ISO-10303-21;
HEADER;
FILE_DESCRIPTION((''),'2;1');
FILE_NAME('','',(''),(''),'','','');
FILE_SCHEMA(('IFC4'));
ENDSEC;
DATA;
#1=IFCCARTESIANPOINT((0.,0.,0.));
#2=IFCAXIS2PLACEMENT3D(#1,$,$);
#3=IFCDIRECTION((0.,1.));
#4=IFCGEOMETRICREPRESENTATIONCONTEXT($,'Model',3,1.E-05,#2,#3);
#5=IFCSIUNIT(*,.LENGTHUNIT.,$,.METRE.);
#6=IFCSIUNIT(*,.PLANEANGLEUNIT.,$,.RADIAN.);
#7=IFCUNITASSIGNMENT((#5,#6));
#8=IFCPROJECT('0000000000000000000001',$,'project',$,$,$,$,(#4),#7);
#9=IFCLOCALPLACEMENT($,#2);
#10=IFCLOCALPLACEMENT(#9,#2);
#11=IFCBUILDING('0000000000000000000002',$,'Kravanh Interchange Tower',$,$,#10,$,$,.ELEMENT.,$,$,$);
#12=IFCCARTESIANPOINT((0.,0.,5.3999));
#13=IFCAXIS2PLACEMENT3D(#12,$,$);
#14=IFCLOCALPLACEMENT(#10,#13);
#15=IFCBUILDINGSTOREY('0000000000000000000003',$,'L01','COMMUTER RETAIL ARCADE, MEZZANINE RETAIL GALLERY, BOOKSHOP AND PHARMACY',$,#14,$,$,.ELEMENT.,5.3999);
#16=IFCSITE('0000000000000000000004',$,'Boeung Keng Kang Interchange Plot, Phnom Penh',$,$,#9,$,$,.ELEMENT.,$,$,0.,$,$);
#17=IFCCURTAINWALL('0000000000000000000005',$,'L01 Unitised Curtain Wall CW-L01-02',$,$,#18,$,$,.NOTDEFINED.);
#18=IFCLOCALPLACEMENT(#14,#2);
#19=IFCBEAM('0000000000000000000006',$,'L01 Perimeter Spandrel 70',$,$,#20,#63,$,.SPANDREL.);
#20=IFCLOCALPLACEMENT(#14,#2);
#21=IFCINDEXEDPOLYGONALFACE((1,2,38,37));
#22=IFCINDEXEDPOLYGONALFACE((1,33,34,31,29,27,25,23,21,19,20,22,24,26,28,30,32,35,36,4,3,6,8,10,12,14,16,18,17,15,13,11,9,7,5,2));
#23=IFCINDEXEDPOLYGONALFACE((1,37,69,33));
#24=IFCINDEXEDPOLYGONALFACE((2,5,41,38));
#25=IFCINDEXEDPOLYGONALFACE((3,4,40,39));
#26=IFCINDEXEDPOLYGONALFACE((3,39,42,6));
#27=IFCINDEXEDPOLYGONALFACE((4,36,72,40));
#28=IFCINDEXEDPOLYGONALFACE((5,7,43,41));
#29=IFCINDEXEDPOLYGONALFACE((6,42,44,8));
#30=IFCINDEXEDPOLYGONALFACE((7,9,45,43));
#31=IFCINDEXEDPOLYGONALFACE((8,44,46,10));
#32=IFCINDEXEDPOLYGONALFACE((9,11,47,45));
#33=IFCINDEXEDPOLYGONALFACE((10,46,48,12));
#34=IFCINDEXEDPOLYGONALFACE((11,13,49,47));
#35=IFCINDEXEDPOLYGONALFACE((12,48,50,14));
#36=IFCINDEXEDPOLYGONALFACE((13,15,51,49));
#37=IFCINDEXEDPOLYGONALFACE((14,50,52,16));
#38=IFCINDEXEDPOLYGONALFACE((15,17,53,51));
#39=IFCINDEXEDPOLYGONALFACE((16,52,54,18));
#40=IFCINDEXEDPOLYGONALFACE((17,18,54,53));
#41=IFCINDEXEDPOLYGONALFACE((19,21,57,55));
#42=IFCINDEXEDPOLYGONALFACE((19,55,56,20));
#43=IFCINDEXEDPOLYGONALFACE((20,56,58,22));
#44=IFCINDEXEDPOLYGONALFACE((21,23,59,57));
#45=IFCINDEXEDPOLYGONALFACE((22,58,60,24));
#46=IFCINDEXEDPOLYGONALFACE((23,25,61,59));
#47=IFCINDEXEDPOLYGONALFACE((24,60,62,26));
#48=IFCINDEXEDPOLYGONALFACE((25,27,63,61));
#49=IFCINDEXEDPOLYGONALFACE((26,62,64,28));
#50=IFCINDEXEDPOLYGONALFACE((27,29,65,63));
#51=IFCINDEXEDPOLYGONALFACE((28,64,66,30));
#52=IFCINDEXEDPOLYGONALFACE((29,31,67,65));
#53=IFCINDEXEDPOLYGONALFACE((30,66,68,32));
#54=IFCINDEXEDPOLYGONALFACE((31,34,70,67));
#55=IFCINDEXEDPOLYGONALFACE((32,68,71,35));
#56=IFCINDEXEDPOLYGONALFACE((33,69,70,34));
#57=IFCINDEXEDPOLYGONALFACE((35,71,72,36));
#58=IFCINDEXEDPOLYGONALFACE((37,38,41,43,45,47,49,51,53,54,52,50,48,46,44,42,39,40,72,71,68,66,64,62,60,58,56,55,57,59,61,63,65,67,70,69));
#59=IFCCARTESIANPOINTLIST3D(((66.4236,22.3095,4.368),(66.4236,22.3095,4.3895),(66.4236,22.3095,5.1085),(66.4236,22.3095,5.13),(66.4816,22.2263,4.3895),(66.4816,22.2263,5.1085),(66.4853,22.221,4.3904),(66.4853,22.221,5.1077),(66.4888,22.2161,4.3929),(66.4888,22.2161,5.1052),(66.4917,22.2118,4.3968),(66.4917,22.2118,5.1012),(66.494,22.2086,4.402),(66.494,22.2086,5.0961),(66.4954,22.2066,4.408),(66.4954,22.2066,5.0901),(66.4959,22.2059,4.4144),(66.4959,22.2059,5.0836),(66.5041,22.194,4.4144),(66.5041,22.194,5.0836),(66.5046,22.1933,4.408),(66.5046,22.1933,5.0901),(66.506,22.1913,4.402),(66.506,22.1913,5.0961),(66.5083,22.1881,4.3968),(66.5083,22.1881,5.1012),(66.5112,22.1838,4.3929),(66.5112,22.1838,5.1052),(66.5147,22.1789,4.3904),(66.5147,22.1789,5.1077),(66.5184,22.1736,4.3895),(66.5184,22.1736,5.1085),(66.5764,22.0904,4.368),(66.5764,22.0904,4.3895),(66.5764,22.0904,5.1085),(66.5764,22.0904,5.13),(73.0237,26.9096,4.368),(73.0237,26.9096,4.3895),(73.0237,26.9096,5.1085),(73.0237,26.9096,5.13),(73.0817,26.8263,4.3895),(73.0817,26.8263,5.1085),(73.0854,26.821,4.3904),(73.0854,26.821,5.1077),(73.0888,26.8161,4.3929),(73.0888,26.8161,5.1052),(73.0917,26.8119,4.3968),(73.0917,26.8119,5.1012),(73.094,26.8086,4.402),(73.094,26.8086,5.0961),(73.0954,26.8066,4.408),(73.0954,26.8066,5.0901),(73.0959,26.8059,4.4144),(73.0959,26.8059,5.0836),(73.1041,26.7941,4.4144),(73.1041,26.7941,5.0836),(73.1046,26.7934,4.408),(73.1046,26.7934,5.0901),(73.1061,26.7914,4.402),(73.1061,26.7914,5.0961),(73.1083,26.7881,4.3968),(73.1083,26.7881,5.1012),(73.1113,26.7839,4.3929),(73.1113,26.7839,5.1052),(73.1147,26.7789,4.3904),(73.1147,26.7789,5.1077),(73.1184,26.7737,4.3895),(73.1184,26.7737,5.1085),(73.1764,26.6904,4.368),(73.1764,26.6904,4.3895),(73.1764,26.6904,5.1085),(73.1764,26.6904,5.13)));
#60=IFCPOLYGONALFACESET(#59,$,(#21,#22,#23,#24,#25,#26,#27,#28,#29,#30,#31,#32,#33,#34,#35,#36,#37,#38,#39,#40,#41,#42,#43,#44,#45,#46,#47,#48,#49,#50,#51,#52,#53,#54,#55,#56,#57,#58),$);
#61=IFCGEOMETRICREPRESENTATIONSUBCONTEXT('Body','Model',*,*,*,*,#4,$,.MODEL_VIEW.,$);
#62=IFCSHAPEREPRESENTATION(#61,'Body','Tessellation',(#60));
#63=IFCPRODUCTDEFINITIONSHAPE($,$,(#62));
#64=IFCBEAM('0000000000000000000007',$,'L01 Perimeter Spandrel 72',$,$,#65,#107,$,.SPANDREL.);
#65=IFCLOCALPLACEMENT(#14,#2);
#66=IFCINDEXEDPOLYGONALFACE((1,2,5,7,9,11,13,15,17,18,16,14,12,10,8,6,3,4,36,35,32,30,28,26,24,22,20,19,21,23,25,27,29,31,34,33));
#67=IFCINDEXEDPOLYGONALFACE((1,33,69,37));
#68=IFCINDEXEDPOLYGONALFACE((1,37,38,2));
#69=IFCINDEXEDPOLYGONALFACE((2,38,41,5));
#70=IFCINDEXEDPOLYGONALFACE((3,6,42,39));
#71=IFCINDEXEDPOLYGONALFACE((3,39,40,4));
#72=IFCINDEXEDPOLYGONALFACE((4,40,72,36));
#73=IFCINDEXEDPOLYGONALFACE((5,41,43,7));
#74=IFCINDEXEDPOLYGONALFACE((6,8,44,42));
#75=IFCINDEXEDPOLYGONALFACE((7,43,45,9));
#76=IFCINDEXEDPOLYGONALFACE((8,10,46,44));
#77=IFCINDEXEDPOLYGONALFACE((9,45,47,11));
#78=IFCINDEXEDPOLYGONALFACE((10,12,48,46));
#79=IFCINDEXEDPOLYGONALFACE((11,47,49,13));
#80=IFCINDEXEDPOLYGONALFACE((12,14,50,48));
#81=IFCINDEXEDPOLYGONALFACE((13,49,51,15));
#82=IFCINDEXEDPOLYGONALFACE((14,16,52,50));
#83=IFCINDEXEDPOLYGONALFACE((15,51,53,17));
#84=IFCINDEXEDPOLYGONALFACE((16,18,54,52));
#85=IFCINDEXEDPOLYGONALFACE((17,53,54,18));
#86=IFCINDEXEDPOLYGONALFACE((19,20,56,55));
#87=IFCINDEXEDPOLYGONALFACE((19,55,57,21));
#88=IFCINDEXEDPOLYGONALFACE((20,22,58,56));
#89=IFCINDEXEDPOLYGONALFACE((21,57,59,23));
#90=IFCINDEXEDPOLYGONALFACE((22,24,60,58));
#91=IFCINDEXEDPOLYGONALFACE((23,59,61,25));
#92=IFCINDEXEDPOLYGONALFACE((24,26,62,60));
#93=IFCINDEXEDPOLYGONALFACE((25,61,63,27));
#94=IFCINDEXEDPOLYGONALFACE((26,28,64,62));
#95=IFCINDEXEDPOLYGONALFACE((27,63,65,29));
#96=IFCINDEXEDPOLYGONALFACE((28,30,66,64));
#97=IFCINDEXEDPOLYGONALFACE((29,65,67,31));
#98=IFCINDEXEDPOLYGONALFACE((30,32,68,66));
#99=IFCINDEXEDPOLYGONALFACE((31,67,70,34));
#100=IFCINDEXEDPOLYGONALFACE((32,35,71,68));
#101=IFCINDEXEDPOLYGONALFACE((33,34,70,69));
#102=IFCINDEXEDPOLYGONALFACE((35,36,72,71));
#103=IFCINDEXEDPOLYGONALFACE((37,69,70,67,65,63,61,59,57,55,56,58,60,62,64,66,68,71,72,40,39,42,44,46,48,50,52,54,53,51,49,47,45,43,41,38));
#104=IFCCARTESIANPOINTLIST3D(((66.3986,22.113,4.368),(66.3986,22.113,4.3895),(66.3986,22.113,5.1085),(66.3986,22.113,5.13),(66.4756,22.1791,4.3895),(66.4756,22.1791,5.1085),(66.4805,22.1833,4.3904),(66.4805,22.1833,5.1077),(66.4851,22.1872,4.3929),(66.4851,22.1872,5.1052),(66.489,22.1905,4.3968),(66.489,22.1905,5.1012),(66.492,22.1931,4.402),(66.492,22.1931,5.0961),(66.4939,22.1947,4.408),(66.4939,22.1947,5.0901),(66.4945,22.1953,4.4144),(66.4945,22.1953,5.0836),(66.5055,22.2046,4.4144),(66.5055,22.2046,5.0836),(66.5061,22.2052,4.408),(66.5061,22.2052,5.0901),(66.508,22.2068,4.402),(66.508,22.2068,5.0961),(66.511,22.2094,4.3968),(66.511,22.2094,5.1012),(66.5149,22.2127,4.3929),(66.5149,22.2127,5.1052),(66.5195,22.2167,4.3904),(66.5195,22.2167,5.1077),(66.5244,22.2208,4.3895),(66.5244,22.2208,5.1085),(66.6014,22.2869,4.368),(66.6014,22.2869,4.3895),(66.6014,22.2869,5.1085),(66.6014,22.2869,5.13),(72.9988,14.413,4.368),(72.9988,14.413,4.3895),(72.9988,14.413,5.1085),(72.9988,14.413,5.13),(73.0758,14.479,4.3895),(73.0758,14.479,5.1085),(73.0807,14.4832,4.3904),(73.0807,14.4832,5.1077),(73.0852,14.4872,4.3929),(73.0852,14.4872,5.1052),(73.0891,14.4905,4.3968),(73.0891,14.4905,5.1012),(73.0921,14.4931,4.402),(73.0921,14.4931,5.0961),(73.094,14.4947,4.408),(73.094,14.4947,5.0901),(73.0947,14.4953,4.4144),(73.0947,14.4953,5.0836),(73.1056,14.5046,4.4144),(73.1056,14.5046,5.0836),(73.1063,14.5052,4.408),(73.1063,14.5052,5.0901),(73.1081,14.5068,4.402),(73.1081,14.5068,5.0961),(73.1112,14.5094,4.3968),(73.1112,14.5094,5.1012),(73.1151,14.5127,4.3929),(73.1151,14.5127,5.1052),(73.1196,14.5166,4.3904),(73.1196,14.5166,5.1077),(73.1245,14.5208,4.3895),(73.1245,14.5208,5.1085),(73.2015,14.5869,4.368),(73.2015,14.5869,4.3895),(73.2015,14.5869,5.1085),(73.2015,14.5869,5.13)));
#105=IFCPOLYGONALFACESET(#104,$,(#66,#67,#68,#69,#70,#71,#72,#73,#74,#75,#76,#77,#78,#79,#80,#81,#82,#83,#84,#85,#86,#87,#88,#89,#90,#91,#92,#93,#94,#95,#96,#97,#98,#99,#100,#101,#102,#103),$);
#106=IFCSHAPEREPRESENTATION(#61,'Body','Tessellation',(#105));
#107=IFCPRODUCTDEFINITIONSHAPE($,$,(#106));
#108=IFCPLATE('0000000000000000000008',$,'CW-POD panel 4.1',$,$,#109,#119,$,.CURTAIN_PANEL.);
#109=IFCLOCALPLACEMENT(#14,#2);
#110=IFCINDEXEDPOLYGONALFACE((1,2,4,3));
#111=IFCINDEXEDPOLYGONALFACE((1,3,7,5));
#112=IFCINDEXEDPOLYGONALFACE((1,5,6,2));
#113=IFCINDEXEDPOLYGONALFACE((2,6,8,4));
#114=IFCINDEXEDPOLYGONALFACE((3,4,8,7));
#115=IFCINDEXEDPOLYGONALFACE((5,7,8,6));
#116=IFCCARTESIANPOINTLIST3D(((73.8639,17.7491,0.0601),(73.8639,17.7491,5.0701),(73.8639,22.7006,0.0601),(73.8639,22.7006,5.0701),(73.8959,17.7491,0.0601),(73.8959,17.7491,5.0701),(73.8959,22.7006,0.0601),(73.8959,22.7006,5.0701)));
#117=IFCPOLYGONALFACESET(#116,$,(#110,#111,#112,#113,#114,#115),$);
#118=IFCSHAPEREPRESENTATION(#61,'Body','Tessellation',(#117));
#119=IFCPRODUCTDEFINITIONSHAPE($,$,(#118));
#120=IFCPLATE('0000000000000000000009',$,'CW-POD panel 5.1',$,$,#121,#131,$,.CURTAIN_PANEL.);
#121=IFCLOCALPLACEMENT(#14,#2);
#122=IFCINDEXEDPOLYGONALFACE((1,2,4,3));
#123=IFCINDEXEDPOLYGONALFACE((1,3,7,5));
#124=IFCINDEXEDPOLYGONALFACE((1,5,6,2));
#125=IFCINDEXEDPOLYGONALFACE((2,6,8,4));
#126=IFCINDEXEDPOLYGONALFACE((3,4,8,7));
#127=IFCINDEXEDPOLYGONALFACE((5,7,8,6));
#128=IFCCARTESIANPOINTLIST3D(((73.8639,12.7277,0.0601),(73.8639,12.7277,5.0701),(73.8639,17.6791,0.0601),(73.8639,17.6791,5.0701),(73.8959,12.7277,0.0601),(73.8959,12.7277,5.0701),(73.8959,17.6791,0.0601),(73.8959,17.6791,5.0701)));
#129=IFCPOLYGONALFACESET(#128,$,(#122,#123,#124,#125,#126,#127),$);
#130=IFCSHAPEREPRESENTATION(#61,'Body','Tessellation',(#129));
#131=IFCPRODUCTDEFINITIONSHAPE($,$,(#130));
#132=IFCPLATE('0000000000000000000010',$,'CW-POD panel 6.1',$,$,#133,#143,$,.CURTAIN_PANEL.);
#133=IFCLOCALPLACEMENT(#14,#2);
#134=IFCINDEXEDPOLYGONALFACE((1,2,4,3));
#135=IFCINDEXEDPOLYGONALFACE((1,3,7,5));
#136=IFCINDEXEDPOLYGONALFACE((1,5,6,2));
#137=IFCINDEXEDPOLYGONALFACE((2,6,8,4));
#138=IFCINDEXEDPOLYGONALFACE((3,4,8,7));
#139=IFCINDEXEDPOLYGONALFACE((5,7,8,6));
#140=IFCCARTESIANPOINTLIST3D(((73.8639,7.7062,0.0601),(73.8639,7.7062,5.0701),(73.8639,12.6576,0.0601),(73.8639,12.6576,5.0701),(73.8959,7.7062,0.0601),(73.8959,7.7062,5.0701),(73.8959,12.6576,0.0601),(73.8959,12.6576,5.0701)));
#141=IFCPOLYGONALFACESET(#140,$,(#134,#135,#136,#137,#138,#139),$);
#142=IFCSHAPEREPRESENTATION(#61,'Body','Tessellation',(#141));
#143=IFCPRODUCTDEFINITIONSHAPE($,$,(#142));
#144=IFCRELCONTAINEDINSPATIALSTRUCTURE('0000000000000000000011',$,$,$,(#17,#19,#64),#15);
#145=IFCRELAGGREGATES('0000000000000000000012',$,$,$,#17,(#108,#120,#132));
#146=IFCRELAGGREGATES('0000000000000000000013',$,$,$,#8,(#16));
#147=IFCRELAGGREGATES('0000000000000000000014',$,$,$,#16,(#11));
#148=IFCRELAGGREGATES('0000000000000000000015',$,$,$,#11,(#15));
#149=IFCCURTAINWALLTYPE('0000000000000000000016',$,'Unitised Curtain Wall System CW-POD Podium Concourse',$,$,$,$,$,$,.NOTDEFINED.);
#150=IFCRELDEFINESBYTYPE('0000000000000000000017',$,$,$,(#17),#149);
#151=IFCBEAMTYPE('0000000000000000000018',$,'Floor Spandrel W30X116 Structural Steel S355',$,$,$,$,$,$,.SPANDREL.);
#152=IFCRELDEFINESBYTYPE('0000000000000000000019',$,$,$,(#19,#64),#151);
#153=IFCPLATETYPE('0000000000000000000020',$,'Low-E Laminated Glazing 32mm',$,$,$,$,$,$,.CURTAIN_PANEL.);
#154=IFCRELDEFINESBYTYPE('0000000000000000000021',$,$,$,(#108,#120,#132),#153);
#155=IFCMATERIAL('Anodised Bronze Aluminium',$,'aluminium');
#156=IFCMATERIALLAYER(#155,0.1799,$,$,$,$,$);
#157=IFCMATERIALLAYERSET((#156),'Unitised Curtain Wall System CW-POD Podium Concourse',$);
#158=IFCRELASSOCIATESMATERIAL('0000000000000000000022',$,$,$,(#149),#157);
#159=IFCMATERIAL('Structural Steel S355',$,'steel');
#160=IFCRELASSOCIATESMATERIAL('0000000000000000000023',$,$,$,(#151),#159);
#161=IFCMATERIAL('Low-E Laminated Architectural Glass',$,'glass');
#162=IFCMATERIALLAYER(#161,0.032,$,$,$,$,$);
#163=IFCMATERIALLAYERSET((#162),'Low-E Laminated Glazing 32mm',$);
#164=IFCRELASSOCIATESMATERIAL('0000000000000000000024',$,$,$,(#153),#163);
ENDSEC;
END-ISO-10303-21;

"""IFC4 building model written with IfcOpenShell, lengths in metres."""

from ifc_helpers import new_model, si_unit, direction, frame, origin, origin_2d, place, context, subcontext, project, spatial, rectangle, i_section, extrude, material, layer, layer_set, material_profile, profile_set, type_object, element, aggregate, save


model = new_model("IFC4")

# Units and contexts
model_context = context("Model", 3, precision=1e-05, world=origin(), true_north=direction((0.0, 1.0)))
body_context = subcontext(model_context, "Body", "Model", "MODEL_VIEW")
ifc_project = project(units=[si_unit("LENGTHUNIT", "METRE"), si_unit("PLANEANGLEUNIT", "RADIAN")], contexts=[model_context])

# Site, building, storey
site_placement = place(None, origin())
site = spatial("IfcSite", under=ifc_project, at=site_placement, Name="Boeung Keng Kang Interchange Plot, Phnom Penh", CompositionType="ELEMENT", RefElevation=0.0)
building_placement = place(site_placement, origin())
building = spatial("IfcBuilding", under=site, at=building_placement, Name="Kravanh Interchange Tower", CompositionType="ELEMENT")
storey_placement = place(building_placement, frame((0.0, 0.0, 5.3999)))
storey = spatial("IfcBuildingStorey", under=building, at=storey_placement, Name="L01", Description="COMMUTER RETAIL ARCADE, MEZZANINE RETAIL GALLERY, BOOKSHOP AND PHARMACY", CompositionType="ELEMENT", Elevation=5.3999)

# Curtain wall
ifc_material_1 = material(Name="Anodised Bronze Aluminium", Category="aluminium")
ifc_layer_1 = layer(ifc_material_1, 0.1799)
ifc_layer_set_1 = layer_set([ifc_layer_1], Name="Unitised Curtain Wall System CW-POD Podium Concourse")
curtain_wall_type = type_object("IfcCurtainWallType", Name="Unitised Curtain Wall System CW-POD Podium Concourse", PredefinedType="NOTDEFINED", material=ifc_layer_set_1)
curtain_wall_placement = place(storey_placement, origin())
curtain_wall = element("IfcCurtainWall", 1, at=curtain_wall_placement, inside=storey, type_object=curtain_wall_type, Name="L01 Unitised Curtain Wall CW-L01-02", PredefinedType="NOTDEFINED")

# Beams
ifc_material_2 = material(Name="Structural Steel S355", Category="steel")
ifc_material_profile_1 = material_profile(ifc_material_2, i_section(OverallWidth=0.2671, OverallDepth=0.762, WebThickness=0.0144, FlangeThickness=0.0215, FilletRadius=0.0249, at=origin_2d()), Name="W30X116")
ifc_profile_set_1 = profile_set([ifc_material_profile_1], Name="Structural Steel S355")
beam_type_1 = type_object("IfcBeamType", Name="Floor Spandrel W30X116 Structural Steel S355", PredefinedType="SPANDREL", material=ifc_profile_set_1)
beam_1_placement = place(storey_placement, frame((66.5, 22.2, 4.749), z_axis=(0.820396, 0.571795, 0.0), x_axis=(-0.571795, 0.820396, 0.0)))
element("IfcBeam", 2, at=beam_1_placement, inside=storey, type_object=beam_type_1, Name="L01 Perimeter Spandrel 70", PredefinedType="SPANDREL", context=body_context, shape_type="SweptSolid", body=[
    extrude(i_section(OverallWidth=0.2671, OverallDepth=0.762, WebThickness=0.0144, FlangeThickness=0.0215, FilletRadius=0.0249, at=origin_2d()), origin(), (0.0, 0.0, 1.0), 8.0449),
])
beam_2_placement = place(storey_placement, frame((66.5, 22.2, 4.749), z_axis=(0.650799, -0.75925, 0.0), x_axis=(0.75925, 0.650799, 0.0)))
element("IfcBeam", 3, at=beam_2_placement, inside=storey, type_object=beam_type_1, Name="L01 Perimeter Spandrel 72", PredefinedType="SPANDREL", context=body_context, shape_type="SweptSolid", body=[
    extrude(i_section(OverallWidth=0.2671, OverallDepth=0.762, WebThickness=0.0144, FlangeThickness=0.0215, FilletRadius=0.0249, at=origin_2d()), origin(), (0.0, 0.0, 1.0), 10.1416),
])

# Plates
ifc_material_3 = material(Name="Low-E Laminated Architectural Glass", Category="glass")
ifc_layer_2 = layer(ifc_material_3, 0.032)
ifc_layer_set_2 = layer_set([ifc_layer_2], Name="Low-E Laminated Glazing 32mm")
plate_type = type_object("IfcPlateType", Name="Low-E Laminated Glazing 32mm", PredefinedType="CURTAIN_PANEL", material=ifc_layer_set_2)
plate_1_placement = place(storey_placement, frame((73.8799, 20.2249, 0.0601), z_axis=(0.0, 0.0, 1.0), x_axis=(0.0, -1.0, 0.0)))
plate_1 = element("IfcPlate", 4, at=plate_1_placement, type_object=plate_type, Name="CW-POD panel 4.1", PredefinedType="CURTAIN_PANEL", context=body_context, shape_type="SweptSolid", body=[
    extrude(rectangle(XDim=4.9514, YDim=0.032, at=origin_2d()), origin(), (0.0, 0.0, 1.0), 5.01),
])
plate_2_placement = place(storey_placement, frame((73.8799, 15.2034, 0.0601), z_axis=(0.0, 0.0, 1.0), x_axis=(0.0, -1.0, 0.0)))
plate_2 = element("IfcPlate", 5, at=plate_2_placement, type_object=plate_type, Name="CW-POD panel 5.1", PredefinedType="CURTAIN_PANEL", context=body_context, shape_type="SweptSolid", body=[
    extrude(rectangle(XDim=4.9514, YDim=0.032, at=origin_2d()), origin(), (0.0, 0.0, 1.0), 5.01),
])
plate_3_placement = place(storey_placement, frame((73.8799, 10.1819, 0.0601), z_axis=(0.0, 0.0, 1.0), x_axis=(0.0, -1.0, 0.0)))
plate_3 = element("IfcPlate", 6, at=plate_3_placement, type_object=plate_type, Name="CW-POD panel 6.1", PredefinedType="CURTAIN_PANEL", context=body_context, shape_type="SweptSolid", body=[
    extrude(rectangle(XDim=4.9514, YDim=0.032, at=origin_2d()), origin(), (0.0, 0.0, 1.0), 5.01),
])
aggregate(curtain_wall, [plate_1, plate_2, plate_3])

save(model, "model.ifc")
